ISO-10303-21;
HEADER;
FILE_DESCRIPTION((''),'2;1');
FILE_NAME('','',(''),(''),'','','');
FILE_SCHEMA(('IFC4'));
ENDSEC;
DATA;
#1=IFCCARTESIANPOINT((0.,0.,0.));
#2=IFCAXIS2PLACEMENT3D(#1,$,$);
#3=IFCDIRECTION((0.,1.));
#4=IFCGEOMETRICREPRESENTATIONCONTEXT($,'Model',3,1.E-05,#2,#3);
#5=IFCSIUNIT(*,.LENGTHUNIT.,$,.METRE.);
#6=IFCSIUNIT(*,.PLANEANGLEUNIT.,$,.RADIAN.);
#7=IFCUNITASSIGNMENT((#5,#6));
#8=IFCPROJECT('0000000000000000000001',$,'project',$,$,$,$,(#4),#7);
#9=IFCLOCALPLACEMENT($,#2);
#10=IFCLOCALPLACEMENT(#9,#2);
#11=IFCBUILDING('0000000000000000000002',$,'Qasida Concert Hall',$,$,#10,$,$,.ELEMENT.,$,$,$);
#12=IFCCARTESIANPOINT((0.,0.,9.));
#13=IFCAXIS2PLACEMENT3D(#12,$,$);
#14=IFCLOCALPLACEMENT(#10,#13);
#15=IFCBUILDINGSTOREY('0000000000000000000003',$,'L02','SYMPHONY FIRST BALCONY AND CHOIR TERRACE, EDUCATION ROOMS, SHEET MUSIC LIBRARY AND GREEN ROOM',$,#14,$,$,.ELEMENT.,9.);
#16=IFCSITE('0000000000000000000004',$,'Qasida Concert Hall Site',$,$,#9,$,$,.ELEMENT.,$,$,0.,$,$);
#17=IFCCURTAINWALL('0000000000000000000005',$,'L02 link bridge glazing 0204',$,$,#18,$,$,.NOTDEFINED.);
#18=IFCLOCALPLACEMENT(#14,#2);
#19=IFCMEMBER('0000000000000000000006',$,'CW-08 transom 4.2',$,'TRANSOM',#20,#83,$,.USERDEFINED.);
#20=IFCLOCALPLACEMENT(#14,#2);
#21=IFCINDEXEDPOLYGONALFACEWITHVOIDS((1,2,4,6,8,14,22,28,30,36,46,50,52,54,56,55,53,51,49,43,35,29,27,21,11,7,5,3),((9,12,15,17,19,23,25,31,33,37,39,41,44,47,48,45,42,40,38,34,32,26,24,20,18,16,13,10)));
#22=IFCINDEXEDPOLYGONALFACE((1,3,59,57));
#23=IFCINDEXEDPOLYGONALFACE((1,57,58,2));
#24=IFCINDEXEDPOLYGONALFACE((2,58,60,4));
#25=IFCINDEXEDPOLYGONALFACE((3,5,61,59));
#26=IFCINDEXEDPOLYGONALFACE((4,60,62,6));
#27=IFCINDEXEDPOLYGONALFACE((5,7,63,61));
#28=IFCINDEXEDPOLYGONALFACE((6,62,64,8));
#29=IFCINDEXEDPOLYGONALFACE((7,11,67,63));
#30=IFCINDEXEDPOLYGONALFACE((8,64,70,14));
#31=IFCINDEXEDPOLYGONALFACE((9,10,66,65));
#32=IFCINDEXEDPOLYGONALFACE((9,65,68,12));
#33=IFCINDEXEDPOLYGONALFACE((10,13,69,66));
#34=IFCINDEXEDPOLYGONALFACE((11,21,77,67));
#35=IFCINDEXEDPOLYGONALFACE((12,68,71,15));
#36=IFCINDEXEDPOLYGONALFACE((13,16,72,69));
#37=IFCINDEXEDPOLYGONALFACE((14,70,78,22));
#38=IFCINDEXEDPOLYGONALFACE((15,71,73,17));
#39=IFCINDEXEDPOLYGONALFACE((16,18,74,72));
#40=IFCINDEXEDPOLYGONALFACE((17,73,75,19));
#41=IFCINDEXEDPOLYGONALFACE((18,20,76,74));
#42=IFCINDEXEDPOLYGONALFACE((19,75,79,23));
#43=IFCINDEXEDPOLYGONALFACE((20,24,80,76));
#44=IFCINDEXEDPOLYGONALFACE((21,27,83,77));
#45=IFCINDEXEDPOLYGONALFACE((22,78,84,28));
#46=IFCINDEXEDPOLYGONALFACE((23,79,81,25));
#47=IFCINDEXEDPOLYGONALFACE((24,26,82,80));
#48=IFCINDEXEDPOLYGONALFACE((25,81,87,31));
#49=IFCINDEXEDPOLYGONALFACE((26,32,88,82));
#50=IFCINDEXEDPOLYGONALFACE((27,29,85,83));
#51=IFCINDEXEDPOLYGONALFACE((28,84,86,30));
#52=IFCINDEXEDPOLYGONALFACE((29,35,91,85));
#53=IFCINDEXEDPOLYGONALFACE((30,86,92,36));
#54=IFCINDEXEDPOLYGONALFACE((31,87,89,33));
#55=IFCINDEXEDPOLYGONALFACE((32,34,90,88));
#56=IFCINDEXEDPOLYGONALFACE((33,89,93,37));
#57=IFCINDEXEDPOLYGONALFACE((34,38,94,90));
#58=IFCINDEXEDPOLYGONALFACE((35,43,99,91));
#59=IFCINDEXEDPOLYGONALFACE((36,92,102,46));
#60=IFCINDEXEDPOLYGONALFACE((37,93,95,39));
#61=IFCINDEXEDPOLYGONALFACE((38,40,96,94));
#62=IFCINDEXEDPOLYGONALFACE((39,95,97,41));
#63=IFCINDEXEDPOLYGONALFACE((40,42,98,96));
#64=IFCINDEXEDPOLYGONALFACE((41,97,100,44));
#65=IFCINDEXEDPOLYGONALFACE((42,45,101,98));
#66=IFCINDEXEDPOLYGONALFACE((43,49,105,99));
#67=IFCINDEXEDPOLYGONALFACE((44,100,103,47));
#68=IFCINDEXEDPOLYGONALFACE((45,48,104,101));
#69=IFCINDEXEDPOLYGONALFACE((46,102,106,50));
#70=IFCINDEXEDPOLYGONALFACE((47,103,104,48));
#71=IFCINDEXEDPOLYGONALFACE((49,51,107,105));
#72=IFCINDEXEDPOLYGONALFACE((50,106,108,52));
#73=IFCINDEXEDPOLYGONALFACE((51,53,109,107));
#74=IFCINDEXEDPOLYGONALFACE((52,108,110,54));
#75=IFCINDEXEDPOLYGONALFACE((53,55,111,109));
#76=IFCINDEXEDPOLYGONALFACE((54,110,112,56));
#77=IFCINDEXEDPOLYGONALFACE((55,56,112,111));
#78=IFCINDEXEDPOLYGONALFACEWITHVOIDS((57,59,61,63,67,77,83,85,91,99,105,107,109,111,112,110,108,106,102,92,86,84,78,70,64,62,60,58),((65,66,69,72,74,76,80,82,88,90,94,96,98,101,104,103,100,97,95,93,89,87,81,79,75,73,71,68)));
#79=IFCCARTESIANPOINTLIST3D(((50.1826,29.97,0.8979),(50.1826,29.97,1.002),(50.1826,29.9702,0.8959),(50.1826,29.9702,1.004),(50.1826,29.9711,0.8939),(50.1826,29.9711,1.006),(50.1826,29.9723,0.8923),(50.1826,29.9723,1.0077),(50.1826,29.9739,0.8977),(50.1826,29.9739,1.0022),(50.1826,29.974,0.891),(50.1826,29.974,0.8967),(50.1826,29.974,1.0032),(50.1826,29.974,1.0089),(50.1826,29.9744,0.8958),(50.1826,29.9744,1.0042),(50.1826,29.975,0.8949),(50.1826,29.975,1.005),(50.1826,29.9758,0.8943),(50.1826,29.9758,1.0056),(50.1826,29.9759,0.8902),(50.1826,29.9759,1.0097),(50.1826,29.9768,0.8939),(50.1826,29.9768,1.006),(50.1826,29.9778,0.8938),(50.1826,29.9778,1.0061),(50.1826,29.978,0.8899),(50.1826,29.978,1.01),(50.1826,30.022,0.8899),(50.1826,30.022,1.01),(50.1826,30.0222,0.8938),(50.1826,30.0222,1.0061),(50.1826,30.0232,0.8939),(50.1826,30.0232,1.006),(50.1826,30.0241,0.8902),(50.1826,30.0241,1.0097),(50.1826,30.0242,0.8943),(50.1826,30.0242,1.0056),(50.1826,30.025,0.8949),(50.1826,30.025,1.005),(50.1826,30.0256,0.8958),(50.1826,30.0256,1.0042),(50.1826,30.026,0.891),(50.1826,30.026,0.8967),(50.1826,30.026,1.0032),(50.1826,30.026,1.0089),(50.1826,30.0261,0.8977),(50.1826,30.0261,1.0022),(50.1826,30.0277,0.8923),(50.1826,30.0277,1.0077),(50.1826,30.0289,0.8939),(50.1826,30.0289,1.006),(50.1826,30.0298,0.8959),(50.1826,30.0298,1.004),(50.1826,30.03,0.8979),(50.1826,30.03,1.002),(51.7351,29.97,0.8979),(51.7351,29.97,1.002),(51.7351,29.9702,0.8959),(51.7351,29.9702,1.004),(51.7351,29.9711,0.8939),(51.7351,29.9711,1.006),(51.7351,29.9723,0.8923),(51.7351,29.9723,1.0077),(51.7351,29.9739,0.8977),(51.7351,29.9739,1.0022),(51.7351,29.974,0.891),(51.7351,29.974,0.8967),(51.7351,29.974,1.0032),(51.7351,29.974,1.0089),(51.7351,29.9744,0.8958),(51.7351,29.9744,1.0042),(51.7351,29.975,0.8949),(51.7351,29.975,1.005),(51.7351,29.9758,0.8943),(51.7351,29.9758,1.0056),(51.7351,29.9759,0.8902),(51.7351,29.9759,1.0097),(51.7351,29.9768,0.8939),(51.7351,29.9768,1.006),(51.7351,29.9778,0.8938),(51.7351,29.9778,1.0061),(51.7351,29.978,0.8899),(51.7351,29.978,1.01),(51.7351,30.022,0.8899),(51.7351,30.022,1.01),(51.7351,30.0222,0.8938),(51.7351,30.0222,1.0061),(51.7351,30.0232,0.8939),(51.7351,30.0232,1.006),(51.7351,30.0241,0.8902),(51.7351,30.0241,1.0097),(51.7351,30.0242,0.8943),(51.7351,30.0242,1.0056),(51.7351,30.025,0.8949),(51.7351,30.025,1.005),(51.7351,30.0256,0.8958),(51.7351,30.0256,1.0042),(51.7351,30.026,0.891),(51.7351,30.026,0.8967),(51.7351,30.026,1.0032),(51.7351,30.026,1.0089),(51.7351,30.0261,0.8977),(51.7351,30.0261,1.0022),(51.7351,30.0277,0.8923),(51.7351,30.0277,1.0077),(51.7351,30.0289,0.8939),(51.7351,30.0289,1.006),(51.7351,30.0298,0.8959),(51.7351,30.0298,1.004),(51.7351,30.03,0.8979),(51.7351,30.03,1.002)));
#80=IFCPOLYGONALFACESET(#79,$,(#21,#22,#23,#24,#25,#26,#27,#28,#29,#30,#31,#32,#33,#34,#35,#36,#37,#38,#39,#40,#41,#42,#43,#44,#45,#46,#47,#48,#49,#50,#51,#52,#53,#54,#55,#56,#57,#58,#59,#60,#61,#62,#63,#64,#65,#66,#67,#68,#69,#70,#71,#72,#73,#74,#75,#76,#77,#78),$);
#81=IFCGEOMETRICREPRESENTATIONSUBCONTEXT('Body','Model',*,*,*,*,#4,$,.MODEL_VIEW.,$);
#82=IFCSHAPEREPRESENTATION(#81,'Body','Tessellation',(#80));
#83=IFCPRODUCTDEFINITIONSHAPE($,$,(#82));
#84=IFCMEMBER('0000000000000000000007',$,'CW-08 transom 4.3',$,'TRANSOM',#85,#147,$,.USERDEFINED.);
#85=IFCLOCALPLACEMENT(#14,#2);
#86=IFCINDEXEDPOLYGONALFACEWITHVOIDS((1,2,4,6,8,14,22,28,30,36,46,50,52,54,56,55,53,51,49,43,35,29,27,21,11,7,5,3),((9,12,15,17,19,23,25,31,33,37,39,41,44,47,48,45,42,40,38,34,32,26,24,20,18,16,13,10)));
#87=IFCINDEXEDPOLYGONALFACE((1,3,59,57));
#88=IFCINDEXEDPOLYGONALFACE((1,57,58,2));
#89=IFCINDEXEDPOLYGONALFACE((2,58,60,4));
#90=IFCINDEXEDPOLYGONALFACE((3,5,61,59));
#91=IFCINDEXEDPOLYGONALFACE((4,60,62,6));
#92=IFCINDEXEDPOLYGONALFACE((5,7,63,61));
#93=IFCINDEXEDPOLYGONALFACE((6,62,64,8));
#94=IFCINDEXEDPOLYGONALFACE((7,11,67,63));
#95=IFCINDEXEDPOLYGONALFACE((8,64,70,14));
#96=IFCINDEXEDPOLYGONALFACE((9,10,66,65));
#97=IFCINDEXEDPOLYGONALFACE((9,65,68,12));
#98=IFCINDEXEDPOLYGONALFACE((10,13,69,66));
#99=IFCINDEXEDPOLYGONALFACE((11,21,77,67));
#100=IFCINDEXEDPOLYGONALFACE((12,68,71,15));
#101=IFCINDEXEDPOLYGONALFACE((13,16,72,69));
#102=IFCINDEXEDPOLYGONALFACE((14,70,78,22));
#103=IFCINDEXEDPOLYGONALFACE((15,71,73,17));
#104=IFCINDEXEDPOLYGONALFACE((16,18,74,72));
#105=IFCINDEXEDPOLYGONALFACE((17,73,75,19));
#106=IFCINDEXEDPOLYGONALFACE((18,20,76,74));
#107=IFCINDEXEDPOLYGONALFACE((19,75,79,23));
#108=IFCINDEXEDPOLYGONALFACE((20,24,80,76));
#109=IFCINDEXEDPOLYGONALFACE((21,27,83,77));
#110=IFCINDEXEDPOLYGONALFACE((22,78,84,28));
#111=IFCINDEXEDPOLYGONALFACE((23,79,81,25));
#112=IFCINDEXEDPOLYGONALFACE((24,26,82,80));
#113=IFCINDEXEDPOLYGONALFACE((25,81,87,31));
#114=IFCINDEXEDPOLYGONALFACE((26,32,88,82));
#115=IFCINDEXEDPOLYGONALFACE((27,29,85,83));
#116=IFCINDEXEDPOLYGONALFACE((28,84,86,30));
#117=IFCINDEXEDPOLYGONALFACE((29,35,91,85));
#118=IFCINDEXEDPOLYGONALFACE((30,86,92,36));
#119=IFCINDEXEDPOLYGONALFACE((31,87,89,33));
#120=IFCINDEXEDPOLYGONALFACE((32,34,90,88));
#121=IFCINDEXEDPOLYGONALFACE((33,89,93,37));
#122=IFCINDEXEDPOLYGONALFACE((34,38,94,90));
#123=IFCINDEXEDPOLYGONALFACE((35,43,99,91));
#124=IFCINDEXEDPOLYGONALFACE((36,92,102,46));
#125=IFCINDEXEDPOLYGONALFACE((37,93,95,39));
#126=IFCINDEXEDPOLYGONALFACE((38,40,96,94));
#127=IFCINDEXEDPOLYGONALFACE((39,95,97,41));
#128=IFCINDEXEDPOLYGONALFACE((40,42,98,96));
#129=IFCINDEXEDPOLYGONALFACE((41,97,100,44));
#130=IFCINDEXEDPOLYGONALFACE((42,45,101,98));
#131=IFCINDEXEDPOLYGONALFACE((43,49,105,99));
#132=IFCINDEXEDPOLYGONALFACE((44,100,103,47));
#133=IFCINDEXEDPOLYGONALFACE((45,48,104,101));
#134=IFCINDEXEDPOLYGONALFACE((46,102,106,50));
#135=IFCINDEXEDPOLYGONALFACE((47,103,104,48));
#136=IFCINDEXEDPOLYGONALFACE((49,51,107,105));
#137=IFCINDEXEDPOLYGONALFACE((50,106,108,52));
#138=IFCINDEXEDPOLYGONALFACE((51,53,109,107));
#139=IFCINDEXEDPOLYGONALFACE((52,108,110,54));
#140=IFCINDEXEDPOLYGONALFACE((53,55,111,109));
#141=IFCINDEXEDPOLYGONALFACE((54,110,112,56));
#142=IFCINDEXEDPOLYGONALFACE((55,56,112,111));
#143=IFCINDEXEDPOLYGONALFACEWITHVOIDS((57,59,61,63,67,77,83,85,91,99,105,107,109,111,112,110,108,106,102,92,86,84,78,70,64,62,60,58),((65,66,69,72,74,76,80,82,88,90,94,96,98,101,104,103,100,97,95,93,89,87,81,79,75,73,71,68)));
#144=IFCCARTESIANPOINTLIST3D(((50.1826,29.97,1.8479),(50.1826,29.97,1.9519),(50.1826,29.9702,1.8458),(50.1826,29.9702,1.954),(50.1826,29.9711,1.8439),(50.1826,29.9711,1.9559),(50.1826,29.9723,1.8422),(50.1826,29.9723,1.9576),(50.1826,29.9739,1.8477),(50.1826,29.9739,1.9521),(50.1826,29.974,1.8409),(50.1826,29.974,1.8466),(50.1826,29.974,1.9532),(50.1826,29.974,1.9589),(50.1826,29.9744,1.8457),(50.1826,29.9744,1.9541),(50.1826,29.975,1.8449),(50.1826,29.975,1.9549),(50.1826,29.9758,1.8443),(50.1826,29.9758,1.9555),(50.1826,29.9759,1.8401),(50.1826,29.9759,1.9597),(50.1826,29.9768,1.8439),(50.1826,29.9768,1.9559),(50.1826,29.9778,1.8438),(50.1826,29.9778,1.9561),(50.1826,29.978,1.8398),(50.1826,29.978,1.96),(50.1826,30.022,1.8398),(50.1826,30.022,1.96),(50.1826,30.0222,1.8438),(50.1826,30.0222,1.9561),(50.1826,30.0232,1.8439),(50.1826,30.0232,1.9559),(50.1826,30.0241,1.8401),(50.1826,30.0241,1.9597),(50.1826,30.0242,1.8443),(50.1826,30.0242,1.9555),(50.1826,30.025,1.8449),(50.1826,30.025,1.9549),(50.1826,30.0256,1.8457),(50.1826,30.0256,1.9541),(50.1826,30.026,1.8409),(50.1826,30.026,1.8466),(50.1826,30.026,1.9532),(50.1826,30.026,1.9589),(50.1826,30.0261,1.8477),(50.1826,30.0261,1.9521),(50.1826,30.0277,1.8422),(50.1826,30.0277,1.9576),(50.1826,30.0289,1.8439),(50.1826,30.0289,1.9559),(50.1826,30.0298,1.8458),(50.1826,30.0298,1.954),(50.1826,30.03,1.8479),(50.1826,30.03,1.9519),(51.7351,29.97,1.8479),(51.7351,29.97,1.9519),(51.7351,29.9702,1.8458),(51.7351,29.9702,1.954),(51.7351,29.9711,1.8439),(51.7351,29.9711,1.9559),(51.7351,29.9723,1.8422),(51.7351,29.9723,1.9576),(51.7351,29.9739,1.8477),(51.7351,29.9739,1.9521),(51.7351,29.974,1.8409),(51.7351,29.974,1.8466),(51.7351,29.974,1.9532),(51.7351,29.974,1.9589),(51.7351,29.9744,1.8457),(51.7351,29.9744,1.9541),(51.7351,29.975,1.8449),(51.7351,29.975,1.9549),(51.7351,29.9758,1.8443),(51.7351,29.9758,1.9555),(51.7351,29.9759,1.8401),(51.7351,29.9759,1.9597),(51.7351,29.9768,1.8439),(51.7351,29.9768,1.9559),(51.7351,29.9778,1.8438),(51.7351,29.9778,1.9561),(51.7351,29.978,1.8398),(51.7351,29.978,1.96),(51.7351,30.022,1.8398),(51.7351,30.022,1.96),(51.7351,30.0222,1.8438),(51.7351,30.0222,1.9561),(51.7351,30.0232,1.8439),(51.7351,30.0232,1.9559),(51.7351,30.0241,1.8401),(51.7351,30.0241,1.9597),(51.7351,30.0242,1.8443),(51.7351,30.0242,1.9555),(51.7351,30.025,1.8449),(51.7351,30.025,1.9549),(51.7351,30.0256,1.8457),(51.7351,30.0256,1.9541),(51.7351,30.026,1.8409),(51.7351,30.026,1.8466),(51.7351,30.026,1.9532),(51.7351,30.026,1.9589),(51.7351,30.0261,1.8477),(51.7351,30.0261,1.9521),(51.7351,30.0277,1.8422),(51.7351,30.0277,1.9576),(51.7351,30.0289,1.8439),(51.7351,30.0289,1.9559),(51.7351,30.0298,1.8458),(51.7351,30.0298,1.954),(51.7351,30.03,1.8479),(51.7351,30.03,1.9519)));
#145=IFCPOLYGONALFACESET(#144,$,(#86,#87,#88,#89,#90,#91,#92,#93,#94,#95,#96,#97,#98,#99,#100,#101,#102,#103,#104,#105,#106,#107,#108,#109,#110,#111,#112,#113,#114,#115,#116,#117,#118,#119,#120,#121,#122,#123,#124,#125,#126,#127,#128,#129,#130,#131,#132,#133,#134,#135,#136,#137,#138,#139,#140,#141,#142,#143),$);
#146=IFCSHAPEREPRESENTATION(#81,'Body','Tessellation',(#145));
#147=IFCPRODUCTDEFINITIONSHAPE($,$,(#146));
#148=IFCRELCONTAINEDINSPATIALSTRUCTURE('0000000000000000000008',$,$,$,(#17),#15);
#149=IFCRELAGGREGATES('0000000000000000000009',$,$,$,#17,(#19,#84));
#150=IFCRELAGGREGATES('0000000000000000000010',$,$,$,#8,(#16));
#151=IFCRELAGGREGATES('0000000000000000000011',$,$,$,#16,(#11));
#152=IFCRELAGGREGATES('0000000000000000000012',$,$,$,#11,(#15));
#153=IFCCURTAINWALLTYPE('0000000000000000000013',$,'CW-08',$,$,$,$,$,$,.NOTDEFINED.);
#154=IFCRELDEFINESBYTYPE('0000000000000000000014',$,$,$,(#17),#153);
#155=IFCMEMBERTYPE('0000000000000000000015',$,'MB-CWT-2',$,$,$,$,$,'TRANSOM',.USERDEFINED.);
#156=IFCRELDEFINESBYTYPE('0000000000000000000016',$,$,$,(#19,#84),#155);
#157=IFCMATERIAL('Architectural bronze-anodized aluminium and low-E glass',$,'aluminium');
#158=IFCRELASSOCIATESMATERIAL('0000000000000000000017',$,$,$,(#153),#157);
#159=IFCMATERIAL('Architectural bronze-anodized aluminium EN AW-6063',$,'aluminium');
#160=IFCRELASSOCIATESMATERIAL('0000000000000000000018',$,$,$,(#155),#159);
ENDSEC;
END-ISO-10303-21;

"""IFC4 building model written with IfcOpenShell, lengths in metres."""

from ifc_helpers import new_model, si_unit, direction, frame, origin, origin_2d, place, context, subcontext, project, spatial, hollow_rectangle, extrude, material, material_profile, profile_set, type_object, element, aggregate, save


model = new_model("IFC4")

# Units and contexts
model_context = context("Model", 3, precision=1e-05, world=origin(), true_north=direction((0.0, 1.0)))
body_context = subcontext(model_context, "Body", "Model", "MODEL_VIEW")
ifc_project = project(units=[si_unit("LENGTHUNIT", "METRE"), si_unit("PLANEANGLEUNIT", "RADIAN")], contexts=[model_context])

# Site, building, storey
site_placement = place(None, origin())
site = spatial("IfcSite", under=ifc_project, at=site_placement, Name="Qasida Concert Hall Site", CompositionType="ELEMENT", RefElevation=0.0)
building_placement = place(site_placement, origin())
building = spatial("IfcBuilding", under=site, at=building_placement, Name="Qasida Concert Hall", CompositionType="ELEMENT")
storey_placement = place(building_placement, frame((0.0, 0.0, 9.0)))
storey = spatial("IfcBuildingStorey", under=building, at=storey_placement, Name="L02", Description="SYMPHONY FIRST BALCONY AND CHOIR TERRACE, EDUCATION ROOMS, SHEET MUSIC LIBRARY AND GREEN ROOM", CompositionType="ELEMENT", Elevation=9.0)

# Curtain wall, members
ifc_material_1 = material(Name="Architectural bronze-anodized aluminium and low-E glass", Category="aluminium")
curtain_wall_type = type_object("IfcCurtainWallType", Name="CW-08", PredefinedType="NOTDEFINED", material=ifc_material_1)
curtain_wall_placement = place(storey_placement, origin())
curtain_wall = element("IfcCurtainWall", 1, at=curtain_wall_placement, inside=storey, type_object=curtain_wall_type, Name="L02 link bridge glazing 0204", PredefinedType="NOTDEFINED")
ifc_material_2 = material(Name="Architectural bronze-anodized aluminium EN AW-6063", Category="aluminium")
ifc_material_profile_1 = material_profile(ifc_material_2, hollow_rectangle(XDim=0.0601, YDim=0.1201, WallThickness=0.0039, InnerFilletRadius=0.0039, OuterFilletRadius=0.0081, at=origin_2d()), Name="CWT 120x60x4")
ifc_profile_set_1 = profile_set([ifc_material_profile_1], Name="Architectural bronze-anodized aluminium EN AW-6063")
member_type_1 = type_object("IfcMemberType", Name="MB-CWT-2", ElementType="TRANSOM", PredefinedType="USERDEFINED", material=ifc_profile_set_1)
member_1_placement = place(storey_placement, frame((50.1826, 30.0, 0.95), z_axis=(1.0, 0.0, 0.0), x_axis=(0.0, 1.0, 0.0)))
member_1 = element("IfcMember", 2, at=member_1_placement, type_object=member_type_1, Name="CW-08 transom 4.2", ObjectType="TRANSOM", PredefinedType="USERDEFINED", context=body_context, shape_type="SweptSolid", body=[
    extrude(hollow_rectangle(XDim=0.0601, YDim=0.1201, WallThickness=0.0039, InnerFilletRadius=0.0039, OuterFilletRadius=0.0081, at=origin_2d()), origin(), (0.0, 0.0, 1.0), 1.5525),
])
member_2_placement = place(storey_placement, frame((50.1826, 30.0, 1.8999), z_axis=(1.0, 0.0, 0.0), x_axis=(0.0, 1.0, 0.0)))
member_2 = element("IfcMember", 3, at=member_2_placement, type_object=member_type_1, Name="CW-08 transom 4.3", ObjectType="TRANSOM", PredefinedType="USERDEFINED", context=body_context, shape_type="SweptSolid", body=[
    extrude(hollow_rectangle(XDim=0.0601, YDim=0.1201, WallThickness=0.0039, InnerFilletRadius=0.0039, OuterFilletRadius=0.0081, at=origin_2d()), origin(), (0.0, 0.0, 1.0), 1.5525),
])
aggregate(curtain_wall, [member_1, member_2])

save(model, "model.ifc")
